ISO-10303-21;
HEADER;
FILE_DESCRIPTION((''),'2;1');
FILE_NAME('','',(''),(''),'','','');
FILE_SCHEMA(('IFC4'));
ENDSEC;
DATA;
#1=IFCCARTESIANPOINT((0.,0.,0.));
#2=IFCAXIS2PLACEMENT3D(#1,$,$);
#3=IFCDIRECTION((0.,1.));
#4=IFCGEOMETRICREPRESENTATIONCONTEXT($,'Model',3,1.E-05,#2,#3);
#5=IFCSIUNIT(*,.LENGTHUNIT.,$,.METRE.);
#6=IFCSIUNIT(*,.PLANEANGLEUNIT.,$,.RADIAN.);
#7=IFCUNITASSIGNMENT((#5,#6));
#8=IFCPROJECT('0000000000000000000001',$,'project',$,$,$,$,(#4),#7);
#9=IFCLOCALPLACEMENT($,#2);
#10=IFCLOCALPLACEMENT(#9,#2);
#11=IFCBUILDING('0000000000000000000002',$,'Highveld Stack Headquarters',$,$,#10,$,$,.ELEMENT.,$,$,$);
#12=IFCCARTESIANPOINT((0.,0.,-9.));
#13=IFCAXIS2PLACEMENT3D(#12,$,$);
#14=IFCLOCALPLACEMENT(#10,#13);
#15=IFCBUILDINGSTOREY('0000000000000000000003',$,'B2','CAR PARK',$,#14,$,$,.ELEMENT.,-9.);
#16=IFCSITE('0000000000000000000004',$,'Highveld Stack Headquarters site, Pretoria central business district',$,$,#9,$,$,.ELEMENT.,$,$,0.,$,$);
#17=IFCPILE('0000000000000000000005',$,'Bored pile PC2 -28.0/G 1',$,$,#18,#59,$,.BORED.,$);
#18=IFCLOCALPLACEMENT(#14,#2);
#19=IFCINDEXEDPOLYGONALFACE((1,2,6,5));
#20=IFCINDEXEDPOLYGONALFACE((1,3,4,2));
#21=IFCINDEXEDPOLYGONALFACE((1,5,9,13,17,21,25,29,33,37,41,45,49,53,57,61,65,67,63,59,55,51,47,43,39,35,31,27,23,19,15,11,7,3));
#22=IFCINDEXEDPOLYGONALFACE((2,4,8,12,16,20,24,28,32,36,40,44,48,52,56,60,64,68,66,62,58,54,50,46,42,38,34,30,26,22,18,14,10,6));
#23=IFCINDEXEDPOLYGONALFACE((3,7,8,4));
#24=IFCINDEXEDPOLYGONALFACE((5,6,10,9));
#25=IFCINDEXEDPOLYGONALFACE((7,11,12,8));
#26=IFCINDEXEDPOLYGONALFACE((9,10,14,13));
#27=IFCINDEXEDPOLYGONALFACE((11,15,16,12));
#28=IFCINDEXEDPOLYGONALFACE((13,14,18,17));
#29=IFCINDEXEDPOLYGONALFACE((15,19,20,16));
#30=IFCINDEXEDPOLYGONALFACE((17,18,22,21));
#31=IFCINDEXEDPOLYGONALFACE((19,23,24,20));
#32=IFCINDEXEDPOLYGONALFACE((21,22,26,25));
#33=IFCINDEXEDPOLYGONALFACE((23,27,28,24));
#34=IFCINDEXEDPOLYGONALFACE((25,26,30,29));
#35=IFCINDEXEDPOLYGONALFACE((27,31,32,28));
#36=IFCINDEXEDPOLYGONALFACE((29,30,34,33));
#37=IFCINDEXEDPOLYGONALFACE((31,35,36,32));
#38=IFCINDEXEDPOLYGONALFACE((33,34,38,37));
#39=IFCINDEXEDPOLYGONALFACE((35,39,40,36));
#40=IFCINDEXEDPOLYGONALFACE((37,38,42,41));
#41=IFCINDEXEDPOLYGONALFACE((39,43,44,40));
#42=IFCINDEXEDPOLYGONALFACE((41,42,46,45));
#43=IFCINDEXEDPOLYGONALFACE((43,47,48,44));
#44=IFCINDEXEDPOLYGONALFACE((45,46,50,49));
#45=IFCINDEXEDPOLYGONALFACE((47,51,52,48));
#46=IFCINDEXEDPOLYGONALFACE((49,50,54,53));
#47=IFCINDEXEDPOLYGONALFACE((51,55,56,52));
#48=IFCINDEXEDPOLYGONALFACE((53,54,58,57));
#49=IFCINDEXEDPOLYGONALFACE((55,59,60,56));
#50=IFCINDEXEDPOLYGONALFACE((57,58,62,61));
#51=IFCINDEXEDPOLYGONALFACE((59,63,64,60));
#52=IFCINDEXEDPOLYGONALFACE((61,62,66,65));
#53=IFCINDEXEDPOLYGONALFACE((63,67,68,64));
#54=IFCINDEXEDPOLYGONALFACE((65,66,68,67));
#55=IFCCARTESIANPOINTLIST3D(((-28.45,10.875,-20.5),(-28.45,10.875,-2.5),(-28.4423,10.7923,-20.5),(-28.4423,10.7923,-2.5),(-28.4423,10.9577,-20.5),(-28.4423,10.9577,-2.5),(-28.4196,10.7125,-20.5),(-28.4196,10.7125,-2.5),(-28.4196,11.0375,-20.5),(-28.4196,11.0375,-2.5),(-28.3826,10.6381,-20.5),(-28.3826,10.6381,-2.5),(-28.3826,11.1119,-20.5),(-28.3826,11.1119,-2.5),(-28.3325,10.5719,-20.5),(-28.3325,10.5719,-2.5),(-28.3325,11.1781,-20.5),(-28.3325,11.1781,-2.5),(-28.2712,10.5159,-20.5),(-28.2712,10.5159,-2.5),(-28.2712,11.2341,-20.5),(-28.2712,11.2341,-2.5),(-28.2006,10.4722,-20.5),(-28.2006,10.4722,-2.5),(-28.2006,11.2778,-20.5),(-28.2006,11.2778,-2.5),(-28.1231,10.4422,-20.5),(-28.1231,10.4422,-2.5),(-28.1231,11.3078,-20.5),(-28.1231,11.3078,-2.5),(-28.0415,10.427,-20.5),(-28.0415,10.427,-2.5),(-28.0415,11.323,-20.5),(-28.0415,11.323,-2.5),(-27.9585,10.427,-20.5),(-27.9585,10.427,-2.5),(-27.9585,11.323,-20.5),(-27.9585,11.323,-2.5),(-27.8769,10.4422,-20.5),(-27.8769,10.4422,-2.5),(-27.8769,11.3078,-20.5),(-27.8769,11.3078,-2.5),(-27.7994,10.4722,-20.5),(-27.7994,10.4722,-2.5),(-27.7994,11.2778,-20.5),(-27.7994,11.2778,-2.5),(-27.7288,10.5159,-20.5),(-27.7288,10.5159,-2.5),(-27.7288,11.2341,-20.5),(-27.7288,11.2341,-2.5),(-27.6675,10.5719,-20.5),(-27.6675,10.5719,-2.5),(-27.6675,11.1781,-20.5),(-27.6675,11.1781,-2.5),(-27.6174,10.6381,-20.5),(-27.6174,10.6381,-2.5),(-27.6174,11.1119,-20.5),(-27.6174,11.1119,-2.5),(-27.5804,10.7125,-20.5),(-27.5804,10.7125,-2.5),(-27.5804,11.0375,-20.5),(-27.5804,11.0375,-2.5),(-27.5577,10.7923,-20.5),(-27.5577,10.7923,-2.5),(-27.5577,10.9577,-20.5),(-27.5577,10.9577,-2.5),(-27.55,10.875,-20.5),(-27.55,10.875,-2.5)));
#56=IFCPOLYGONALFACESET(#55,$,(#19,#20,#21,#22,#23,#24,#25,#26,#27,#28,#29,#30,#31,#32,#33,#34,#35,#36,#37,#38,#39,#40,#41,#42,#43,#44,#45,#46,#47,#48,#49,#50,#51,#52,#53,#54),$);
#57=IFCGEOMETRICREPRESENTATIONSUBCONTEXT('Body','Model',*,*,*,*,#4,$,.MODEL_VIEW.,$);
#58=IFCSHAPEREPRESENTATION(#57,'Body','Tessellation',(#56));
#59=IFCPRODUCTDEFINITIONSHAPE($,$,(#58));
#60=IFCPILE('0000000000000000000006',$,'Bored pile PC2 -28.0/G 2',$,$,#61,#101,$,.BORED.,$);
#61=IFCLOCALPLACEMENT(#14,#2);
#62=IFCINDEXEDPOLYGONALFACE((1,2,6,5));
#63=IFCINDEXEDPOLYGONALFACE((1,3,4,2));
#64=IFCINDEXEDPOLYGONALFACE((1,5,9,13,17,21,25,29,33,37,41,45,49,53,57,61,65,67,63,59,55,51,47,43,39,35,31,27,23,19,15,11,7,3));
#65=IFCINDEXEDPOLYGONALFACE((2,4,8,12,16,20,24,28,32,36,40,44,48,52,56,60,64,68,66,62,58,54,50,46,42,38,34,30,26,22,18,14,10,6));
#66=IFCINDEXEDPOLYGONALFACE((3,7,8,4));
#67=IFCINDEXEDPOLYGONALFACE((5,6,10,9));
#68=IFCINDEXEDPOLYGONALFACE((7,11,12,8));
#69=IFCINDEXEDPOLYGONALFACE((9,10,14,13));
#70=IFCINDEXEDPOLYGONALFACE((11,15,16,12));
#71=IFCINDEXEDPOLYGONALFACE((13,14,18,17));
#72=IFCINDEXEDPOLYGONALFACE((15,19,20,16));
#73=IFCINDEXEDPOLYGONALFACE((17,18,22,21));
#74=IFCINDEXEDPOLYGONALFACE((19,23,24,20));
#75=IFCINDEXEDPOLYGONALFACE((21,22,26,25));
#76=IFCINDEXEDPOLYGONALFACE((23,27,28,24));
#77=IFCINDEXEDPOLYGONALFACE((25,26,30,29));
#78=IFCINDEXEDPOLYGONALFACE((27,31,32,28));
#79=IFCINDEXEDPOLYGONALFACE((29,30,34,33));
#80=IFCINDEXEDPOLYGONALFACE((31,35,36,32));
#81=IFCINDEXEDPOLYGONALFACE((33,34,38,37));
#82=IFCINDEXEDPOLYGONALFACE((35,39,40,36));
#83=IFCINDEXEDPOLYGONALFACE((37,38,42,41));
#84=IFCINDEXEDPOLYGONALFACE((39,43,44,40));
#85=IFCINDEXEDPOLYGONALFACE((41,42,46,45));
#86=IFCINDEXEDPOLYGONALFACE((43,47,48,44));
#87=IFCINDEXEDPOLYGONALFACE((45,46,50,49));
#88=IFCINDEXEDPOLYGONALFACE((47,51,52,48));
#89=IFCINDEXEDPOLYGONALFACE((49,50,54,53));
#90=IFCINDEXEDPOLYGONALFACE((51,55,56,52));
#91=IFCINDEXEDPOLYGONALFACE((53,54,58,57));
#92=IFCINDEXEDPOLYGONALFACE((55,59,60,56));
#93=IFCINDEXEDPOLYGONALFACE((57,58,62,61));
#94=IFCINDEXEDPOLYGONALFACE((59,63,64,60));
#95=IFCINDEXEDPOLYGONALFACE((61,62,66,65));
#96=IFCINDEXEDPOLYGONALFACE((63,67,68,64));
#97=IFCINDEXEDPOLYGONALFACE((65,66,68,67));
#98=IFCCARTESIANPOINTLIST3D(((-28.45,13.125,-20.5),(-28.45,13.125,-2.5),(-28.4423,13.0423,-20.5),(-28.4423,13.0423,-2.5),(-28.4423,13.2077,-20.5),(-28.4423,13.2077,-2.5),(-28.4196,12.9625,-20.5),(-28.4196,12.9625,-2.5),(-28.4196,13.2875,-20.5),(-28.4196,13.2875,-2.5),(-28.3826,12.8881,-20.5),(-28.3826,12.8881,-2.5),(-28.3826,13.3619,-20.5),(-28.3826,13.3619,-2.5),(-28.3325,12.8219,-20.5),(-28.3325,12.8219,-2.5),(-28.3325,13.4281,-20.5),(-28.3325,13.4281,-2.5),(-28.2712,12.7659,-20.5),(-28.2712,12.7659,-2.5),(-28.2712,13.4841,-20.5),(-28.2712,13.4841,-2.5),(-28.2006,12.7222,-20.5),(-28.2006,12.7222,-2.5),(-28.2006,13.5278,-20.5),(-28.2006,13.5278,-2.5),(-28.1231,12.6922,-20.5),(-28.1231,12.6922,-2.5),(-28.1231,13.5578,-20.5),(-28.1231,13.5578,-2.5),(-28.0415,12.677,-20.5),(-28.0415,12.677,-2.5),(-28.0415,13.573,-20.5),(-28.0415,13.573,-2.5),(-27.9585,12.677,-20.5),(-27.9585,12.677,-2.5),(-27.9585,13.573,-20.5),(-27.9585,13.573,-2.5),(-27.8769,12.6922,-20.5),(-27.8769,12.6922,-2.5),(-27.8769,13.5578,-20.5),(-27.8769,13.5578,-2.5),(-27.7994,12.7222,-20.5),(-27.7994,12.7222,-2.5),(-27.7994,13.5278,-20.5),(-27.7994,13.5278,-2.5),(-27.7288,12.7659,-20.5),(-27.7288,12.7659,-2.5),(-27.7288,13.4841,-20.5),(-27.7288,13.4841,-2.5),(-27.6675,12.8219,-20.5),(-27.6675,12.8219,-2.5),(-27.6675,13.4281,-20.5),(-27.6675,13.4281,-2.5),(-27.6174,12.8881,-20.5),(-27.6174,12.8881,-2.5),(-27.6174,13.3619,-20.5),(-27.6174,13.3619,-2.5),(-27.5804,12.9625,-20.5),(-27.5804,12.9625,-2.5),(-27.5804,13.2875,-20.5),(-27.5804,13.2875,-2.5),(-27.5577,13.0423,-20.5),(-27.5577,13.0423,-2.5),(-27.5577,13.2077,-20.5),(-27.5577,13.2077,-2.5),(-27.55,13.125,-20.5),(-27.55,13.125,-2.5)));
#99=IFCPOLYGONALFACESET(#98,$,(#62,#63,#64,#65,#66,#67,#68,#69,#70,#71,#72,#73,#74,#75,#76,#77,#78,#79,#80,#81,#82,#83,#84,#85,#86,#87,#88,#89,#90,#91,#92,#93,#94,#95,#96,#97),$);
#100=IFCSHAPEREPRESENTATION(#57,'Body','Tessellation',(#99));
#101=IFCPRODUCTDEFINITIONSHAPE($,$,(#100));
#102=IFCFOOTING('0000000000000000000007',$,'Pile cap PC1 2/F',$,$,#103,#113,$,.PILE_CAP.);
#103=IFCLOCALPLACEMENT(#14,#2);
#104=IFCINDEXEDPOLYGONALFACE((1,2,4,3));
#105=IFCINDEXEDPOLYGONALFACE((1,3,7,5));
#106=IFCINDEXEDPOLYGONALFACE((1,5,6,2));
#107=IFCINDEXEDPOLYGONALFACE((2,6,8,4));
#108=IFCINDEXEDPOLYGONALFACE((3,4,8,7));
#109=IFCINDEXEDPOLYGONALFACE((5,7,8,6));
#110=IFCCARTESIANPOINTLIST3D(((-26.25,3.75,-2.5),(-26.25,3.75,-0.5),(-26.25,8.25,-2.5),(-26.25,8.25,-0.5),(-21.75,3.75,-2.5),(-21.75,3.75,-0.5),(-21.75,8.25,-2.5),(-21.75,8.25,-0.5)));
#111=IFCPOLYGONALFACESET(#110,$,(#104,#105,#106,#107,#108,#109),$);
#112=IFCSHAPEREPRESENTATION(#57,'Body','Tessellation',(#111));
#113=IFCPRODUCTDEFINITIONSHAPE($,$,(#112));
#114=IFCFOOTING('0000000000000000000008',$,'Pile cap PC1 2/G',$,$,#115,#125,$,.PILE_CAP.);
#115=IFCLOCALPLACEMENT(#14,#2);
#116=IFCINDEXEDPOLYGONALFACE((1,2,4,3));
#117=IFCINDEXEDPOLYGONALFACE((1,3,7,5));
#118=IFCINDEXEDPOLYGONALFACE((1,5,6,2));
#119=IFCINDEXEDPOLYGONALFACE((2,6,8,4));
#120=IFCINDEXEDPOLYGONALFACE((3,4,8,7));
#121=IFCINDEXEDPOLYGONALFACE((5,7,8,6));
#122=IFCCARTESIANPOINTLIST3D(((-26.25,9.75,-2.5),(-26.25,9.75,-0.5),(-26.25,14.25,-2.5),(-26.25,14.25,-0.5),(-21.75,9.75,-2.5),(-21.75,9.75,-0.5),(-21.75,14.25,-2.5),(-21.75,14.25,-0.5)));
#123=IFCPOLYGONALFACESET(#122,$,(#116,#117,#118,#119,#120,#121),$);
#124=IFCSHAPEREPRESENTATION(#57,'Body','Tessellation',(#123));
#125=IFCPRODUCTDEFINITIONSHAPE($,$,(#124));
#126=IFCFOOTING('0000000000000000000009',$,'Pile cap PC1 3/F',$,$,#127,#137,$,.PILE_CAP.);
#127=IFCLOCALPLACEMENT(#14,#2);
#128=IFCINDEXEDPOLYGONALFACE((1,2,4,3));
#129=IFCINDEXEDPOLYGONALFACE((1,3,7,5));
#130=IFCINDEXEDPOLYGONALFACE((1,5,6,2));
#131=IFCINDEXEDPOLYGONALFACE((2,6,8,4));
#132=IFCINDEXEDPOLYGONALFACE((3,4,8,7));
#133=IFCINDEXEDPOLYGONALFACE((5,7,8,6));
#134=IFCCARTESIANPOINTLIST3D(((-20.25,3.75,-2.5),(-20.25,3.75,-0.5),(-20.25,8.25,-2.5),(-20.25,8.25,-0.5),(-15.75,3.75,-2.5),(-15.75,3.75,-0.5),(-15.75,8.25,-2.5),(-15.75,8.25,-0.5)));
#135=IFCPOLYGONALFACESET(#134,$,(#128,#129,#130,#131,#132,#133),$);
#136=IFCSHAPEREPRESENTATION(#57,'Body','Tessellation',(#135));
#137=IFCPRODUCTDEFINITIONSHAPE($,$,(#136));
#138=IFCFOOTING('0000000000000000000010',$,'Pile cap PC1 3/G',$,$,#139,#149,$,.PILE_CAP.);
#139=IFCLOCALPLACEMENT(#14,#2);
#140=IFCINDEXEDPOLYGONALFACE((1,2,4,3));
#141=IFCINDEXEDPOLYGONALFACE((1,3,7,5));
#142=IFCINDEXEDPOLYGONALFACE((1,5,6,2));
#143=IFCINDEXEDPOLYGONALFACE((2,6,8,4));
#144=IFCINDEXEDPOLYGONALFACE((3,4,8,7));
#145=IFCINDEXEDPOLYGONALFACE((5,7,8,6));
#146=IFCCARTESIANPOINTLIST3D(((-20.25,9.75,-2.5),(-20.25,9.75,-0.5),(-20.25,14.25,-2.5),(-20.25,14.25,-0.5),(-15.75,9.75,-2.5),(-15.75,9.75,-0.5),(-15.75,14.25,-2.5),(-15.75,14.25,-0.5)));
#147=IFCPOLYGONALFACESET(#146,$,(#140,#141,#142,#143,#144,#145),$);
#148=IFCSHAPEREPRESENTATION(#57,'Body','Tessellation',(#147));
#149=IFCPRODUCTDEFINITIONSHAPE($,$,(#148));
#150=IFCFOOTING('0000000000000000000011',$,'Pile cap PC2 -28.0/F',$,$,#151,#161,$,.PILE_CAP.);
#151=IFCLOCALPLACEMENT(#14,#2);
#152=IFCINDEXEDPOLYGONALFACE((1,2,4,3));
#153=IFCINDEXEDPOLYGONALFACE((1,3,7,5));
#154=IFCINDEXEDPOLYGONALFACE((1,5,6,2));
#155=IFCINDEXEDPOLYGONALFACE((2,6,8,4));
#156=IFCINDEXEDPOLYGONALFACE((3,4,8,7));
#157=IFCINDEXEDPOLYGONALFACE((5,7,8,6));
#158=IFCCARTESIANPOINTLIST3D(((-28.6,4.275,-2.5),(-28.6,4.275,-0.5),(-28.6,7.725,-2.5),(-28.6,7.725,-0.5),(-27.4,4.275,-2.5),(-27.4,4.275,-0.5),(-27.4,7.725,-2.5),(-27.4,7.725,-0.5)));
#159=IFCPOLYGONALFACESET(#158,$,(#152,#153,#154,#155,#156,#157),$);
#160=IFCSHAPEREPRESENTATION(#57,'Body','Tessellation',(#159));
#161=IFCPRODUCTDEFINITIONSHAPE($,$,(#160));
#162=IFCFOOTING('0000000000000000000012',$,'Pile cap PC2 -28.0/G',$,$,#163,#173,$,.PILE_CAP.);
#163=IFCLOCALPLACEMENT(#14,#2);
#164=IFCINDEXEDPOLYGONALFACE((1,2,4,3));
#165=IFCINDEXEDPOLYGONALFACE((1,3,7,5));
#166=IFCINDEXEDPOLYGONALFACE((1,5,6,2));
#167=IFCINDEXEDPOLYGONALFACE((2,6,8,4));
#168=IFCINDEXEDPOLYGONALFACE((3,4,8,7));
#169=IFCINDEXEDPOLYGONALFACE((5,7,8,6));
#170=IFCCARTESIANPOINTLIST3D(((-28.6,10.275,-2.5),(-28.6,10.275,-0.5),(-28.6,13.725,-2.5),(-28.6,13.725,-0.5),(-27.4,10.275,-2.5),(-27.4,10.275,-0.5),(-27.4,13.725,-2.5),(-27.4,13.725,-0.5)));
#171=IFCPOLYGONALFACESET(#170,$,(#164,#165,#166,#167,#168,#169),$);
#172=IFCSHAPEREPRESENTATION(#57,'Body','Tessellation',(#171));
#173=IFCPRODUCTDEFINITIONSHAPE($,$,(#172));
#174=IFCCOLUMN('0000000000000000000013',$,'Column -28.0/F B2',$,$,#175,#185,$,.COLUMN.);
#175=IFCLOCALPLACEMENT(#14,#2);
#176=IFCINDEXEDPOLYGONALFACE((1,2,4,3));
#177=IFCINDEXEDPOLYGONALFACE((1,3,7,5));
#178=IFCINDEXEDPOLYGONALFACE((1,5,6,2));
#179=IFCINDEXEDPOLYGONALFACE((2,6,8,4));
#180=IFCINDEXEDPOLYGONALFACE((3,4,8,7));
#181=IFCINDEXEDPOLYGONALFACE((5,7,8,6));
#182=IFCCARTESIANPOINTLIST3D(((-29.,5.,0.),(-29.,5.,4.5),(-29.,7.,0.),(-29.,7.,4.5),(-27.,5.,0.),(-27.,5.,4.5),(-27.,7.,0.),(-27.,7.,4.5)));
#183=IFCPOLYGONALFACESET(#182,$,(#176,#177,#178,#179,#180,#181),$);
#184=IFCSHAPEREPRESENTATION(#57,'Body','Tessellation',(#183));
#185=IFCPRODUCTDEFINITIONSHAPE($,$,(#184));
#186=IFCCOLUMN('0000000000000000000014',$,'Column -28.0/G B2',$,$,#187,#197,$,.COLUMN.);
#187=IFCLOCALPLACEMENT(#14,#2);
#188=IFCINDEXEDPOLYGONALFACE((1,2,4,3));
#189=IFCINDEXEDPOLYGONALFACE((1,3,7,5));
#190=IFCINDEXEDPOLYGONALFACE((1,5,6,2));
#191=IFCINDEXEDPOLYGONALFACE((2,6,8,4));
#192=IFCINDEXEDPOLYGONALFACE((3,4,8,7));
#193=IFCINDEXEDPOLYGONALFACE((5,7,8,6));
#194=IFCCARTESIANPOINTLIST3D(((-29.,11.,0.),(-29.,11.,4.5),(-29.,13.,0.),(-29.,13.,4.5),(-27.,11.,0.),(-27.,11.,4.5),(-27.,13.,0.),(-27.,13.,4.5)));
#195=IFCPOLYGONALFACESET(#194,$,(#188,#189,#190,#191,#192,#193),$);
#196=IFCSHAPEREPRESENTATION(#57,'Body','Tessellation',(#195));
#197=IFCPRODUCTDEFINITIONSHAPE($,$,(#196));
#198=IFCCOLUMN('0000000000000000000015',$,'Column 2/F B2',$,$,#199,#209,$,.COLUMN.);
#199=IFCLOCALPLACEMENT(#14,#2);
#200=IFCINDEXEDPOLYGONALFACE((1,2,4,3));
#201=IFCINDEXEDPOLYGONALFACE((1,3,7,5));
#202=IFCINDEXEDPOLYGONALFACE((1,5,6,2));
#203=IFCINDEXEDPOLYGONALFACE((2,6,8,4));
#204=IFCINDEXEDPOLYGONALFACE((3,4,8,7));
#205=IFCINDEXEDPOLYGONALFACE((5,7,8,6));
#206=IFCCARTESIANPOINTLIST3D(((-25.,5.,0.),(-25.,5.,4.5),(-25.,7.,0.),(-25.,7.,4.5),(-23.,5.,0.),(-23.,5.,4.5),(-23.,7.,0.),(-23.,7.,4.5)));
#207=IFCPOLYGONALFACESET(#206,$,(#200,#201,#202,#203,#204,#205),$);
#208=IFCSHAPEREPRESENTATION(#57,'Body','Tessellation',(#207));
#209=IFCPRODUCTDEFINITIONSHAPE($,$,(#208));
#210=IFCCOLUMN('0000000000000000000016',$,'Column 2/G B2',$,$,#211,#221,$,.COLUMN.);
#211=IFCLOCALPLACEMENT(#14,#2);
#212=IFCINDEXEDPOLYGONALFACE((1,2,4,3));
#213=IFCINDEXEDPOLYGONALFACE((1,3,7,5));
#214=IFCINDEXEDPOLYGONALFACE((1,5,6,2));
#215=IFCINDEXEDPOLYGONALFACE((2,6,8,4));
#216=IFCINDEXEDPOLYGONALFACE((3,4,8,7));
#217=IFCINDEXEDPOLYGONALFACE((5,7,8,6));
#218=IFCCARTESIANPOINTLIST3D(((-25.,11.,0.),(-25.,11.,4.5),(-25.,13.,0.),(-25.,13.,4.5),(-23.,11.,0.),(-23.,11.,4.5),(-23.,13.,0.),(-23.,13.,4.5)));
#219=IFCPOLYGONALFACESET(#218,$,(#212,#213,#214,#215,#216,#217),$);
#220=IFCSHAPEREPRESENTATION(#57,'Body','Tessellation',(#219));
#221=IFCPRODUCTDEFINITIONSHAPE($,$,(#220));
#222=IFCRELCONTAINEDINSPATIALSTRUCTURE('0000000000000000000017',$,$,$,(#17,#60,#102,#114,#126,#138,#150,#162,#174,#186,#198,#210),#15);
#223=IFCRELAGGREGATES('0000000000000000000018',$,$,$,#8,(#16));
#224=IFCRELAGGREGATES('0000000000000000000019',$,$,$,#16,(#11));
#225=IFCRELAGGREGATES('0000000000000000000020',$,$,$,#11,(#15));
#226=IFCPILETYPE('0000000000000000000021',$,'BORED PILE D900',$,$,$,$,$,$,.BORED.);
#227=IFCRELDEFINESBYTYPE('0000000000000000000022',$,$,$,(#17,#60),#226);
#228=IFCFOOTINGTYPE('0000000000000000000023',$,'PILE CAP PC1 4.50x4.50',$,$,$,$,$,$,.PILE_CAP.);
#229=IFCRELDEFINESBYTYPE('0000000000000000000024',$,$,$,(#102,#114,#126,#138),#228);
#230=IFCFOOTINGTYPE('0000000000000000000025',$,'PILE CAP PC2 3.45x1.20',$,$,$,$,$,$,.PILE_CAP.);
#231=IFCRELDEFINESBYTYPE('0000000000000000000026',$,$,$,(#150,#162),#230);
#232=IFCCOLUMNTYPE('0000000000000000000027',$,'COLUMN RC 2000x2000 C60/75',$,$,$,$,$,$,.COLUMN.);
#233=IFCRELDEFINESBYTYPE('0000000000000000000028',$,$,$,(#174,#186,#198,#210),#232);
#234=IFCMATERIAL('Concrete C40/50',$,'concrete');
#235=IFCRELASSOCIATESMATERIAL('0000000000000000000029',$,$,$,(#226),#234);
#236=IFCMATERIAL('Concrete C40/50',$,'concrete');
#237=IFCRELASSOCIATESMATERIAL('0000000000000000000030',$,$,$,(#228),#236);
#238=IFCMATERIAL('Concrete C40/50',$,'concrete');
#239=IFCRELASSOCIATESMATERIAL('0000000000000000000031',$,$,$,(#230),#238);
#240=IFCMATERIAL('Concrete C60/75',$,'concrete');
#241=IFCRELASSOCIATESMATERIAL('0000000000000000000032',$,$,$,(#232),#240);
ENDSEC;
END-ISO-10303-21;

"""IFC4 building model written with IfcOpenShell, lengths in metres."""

from ifc_helpers import new_model, si_unit, direction, frame, origin, origin_2d, place, context, subcontext, project, spatial, rectangle, circle, extrude, material, material_profile, profile_set, type_object, element, save


model = new_model("IFC4")

# Units and contexts
model_context = context("Model", 3, precision=1e-05, world=origin(), true_north=direction((0.0, 1.0)))
body_context = subcontext(model_context, "Body", "Model", "MODEL_VIEW")
ifc_project = project(units=[si_unit("LENGTHUNIT", "METRE"), si_unit("PLANEANGLEUNIT", "RADIAN")], contexts=[model_context])

# Site, building, storey
site_placement = place(None, origin())
site = spatial("IfcSite", under=ifc_project, at=site_placement, Name="Highveld Stack Headquarters site, Pretoria central business district", CompositionType="ELEMENT", RefElevation=0.0)
building_placement = place(site_placement, origin())
building = spatial("IfcBuilding", under=site, at=building_placement, Name="Highveld Stack Headquarters", CompositionType="ELEMENT")
storey_placement = place(building_placement, frame((0.0, 0.0, -9.0)))
storey = spatial("IfcBuildingStorey", under=building, at=storey_placement, Name="B2", Description="CAR PARK", CompositionType="ELEMENT", Elevation=-9.0)

# Piles
ifc_material_1 = material(Name="Concrete C40/50", Category="concrete")
pile_type_1 = type_object("IfcPileType", Name="BORED PILE D900", PredefinedType="BORED", material=ifc_material_1)
for number, where, z_axis, x_axis, name in (
    (1, (-28.0, 10.875, -2.5), (0.0, 0.0, -1.0), (1.0, 0.0, 0.0), "Bored pile PC2 -28.0/G 1"),
    (2, (-28.0, 13.125, -2.5), (0.0, 0.0, -1.0), (1.0, 0.0, 0.0), "Bored pile PC2 -28.0/G 2"),
):
    element("IfcPile", number, at=place(storey_placement, frame(where, z_axis=z_axis, x_axis=x_axis)), inside=storey, type_object=pile_type_1, Name=name, PredefinedType="BORED", context=body_context, shape_type="SweptSolid", body=[
        extrude(circle(Radius=0.45, at=origin_2d()), origin(), (0.0, 0.0, 1.0), 18.0),
    ])

# Footings
ifc_material_2 = material(Name="Concrete C40/50", Category="concrete")
footing_type_1 = type_object("IfcFootingType", Name="PILE CAP PC1 4.50x4.50", PredefinedType="PILE_CAP", material=ifc_material_2)
for number, where, z_axis, x_axis, name in (
    (3, (-24.0, 6.0, -2.5), (0.0, 0.0, 1.0), (1.0, 0.0, 0.0), "Pile cap PC1 2/F"),
    (4, (-24.0, 12.0, -2.5), (0.0, 0.0, 1.0), (1.0, 0.0, 0.0), "Pile cap PC1 2/G"),
    (5, (-18.0, 6.0, -2.5), (0.0, 0.0, 1.0), (1.0, 0.0, 0.0), "Pile cap PC1 3/F"),
    (6, (-18.0, 12.0, -2.5), (0.0, 0.0, 1.0), (1.0, 0.0, 0.0), "Pile cap PC1 3/G"),
):
    element("IfcFooting", number, at=place(storey_placement, frame(where, z_axis=z_axis, x_axis=x_axis)), inside=storey, type_object=footing_type_1, Name=name, PredefinedType="PILE_CAP", context=body_context, shape_type="SweptSolid", body=[
        extrude(rectangle(XDim=4.5, YDim=4.5, at=origin_2d()), origin(), (0.0, 0.0, 1.0), 2.0),
    ])
ifc_material_3 = material(Name="Concrete C40/50", Category="concrete")
footing_type_2 = type_object("IfcFootingType", Name="PILE CAP PC2 3.45x1.20", PredefinedType="PILE_CAP", material=ifc_material_3)
for number, where, z_axis, x_axis, name in (
    (7, (-28.0, 6.0, -2.5), (0.0, 0.0, 1.0), (0.0, 1.0, 0.0), "Pile cap PC2 -28.0/F"),
    (8, (-28.0, 12.0, -2.5), (0.0, 0.0, 1.0), (0.0, 1.0, 0.0), "Pile cap PC2 -28.0/G"),
):
    element("IfcFooting", number, at=place(storey_placement, frame(where, z_axis=z_axis, x_axis=x_axis)), inside=storey, type_object=footing_type_2, Name=name, PredefinedType="PILE_CAP", context=body_context, shape_type="SweptSolid", body=[
        extrude(rectangle(XDim=3.45, YDim=1.2, at=origin_2d()), origin(), (0.0, 0.0, 1.0), 2.0),
    ])

# Columns
ifc_material_4 = material(Name="Concrete C60/75", Category="concrete")
ifc_material_profile = material_profile(ifc_material_4, rectangle(XDim=2.0, YDim=2.0, at=origin_2d()), Name="RC 2000x2000")
ifc_profile_set = profile_set([ifc_material_profile], Name="Concrete C60/75")
column_type = type_object("IfcColumnType", Name="COLUMN RC 2000x2000 C60/75", PredefinedType="COLUMN", material=ifc_profile_set)
for number, where, z_axis, x_axis, name in (
    (9, (-28.0, 6.0, 0.0), (0.0, 0.0, 1.0), (1.0, 0.0, 0.0), "Column -28.0/F B2"),
    (10, (-28.0, 12.0, 0.0), (0.0, 0.0, 1.0), (1.0, 0.0, 0.0), "Column -28.0/G B2"),
    (11, (-24.0, 6.0, 0.0), (0.0, 0.0, 1.0), (1.0, 0.0, 0.0), "Column 2/F B2"),
    (12, (-24.0, 12.0, 0.0), (0.0, 0.0, 1.0), (1.0, 0.0, 0.0), "Column 2/G B2"),
):
    element("IfcColumn", number, at=place(storey_placement, frame(where, z_axis=z_axis, x_axis=x_axis)), inside=storey, type_object=column_type, Name=name, PredefinedType="COLUMN", context=body_context, shape_type="SweptSolid", body=[
        extrude(rectangle(XDim=2.0, YDim=2.0, at=origin_2d()), origin(), (0.0, 0.0, 1.0), 4.5),
    ])

save(model, "model.ifc")
